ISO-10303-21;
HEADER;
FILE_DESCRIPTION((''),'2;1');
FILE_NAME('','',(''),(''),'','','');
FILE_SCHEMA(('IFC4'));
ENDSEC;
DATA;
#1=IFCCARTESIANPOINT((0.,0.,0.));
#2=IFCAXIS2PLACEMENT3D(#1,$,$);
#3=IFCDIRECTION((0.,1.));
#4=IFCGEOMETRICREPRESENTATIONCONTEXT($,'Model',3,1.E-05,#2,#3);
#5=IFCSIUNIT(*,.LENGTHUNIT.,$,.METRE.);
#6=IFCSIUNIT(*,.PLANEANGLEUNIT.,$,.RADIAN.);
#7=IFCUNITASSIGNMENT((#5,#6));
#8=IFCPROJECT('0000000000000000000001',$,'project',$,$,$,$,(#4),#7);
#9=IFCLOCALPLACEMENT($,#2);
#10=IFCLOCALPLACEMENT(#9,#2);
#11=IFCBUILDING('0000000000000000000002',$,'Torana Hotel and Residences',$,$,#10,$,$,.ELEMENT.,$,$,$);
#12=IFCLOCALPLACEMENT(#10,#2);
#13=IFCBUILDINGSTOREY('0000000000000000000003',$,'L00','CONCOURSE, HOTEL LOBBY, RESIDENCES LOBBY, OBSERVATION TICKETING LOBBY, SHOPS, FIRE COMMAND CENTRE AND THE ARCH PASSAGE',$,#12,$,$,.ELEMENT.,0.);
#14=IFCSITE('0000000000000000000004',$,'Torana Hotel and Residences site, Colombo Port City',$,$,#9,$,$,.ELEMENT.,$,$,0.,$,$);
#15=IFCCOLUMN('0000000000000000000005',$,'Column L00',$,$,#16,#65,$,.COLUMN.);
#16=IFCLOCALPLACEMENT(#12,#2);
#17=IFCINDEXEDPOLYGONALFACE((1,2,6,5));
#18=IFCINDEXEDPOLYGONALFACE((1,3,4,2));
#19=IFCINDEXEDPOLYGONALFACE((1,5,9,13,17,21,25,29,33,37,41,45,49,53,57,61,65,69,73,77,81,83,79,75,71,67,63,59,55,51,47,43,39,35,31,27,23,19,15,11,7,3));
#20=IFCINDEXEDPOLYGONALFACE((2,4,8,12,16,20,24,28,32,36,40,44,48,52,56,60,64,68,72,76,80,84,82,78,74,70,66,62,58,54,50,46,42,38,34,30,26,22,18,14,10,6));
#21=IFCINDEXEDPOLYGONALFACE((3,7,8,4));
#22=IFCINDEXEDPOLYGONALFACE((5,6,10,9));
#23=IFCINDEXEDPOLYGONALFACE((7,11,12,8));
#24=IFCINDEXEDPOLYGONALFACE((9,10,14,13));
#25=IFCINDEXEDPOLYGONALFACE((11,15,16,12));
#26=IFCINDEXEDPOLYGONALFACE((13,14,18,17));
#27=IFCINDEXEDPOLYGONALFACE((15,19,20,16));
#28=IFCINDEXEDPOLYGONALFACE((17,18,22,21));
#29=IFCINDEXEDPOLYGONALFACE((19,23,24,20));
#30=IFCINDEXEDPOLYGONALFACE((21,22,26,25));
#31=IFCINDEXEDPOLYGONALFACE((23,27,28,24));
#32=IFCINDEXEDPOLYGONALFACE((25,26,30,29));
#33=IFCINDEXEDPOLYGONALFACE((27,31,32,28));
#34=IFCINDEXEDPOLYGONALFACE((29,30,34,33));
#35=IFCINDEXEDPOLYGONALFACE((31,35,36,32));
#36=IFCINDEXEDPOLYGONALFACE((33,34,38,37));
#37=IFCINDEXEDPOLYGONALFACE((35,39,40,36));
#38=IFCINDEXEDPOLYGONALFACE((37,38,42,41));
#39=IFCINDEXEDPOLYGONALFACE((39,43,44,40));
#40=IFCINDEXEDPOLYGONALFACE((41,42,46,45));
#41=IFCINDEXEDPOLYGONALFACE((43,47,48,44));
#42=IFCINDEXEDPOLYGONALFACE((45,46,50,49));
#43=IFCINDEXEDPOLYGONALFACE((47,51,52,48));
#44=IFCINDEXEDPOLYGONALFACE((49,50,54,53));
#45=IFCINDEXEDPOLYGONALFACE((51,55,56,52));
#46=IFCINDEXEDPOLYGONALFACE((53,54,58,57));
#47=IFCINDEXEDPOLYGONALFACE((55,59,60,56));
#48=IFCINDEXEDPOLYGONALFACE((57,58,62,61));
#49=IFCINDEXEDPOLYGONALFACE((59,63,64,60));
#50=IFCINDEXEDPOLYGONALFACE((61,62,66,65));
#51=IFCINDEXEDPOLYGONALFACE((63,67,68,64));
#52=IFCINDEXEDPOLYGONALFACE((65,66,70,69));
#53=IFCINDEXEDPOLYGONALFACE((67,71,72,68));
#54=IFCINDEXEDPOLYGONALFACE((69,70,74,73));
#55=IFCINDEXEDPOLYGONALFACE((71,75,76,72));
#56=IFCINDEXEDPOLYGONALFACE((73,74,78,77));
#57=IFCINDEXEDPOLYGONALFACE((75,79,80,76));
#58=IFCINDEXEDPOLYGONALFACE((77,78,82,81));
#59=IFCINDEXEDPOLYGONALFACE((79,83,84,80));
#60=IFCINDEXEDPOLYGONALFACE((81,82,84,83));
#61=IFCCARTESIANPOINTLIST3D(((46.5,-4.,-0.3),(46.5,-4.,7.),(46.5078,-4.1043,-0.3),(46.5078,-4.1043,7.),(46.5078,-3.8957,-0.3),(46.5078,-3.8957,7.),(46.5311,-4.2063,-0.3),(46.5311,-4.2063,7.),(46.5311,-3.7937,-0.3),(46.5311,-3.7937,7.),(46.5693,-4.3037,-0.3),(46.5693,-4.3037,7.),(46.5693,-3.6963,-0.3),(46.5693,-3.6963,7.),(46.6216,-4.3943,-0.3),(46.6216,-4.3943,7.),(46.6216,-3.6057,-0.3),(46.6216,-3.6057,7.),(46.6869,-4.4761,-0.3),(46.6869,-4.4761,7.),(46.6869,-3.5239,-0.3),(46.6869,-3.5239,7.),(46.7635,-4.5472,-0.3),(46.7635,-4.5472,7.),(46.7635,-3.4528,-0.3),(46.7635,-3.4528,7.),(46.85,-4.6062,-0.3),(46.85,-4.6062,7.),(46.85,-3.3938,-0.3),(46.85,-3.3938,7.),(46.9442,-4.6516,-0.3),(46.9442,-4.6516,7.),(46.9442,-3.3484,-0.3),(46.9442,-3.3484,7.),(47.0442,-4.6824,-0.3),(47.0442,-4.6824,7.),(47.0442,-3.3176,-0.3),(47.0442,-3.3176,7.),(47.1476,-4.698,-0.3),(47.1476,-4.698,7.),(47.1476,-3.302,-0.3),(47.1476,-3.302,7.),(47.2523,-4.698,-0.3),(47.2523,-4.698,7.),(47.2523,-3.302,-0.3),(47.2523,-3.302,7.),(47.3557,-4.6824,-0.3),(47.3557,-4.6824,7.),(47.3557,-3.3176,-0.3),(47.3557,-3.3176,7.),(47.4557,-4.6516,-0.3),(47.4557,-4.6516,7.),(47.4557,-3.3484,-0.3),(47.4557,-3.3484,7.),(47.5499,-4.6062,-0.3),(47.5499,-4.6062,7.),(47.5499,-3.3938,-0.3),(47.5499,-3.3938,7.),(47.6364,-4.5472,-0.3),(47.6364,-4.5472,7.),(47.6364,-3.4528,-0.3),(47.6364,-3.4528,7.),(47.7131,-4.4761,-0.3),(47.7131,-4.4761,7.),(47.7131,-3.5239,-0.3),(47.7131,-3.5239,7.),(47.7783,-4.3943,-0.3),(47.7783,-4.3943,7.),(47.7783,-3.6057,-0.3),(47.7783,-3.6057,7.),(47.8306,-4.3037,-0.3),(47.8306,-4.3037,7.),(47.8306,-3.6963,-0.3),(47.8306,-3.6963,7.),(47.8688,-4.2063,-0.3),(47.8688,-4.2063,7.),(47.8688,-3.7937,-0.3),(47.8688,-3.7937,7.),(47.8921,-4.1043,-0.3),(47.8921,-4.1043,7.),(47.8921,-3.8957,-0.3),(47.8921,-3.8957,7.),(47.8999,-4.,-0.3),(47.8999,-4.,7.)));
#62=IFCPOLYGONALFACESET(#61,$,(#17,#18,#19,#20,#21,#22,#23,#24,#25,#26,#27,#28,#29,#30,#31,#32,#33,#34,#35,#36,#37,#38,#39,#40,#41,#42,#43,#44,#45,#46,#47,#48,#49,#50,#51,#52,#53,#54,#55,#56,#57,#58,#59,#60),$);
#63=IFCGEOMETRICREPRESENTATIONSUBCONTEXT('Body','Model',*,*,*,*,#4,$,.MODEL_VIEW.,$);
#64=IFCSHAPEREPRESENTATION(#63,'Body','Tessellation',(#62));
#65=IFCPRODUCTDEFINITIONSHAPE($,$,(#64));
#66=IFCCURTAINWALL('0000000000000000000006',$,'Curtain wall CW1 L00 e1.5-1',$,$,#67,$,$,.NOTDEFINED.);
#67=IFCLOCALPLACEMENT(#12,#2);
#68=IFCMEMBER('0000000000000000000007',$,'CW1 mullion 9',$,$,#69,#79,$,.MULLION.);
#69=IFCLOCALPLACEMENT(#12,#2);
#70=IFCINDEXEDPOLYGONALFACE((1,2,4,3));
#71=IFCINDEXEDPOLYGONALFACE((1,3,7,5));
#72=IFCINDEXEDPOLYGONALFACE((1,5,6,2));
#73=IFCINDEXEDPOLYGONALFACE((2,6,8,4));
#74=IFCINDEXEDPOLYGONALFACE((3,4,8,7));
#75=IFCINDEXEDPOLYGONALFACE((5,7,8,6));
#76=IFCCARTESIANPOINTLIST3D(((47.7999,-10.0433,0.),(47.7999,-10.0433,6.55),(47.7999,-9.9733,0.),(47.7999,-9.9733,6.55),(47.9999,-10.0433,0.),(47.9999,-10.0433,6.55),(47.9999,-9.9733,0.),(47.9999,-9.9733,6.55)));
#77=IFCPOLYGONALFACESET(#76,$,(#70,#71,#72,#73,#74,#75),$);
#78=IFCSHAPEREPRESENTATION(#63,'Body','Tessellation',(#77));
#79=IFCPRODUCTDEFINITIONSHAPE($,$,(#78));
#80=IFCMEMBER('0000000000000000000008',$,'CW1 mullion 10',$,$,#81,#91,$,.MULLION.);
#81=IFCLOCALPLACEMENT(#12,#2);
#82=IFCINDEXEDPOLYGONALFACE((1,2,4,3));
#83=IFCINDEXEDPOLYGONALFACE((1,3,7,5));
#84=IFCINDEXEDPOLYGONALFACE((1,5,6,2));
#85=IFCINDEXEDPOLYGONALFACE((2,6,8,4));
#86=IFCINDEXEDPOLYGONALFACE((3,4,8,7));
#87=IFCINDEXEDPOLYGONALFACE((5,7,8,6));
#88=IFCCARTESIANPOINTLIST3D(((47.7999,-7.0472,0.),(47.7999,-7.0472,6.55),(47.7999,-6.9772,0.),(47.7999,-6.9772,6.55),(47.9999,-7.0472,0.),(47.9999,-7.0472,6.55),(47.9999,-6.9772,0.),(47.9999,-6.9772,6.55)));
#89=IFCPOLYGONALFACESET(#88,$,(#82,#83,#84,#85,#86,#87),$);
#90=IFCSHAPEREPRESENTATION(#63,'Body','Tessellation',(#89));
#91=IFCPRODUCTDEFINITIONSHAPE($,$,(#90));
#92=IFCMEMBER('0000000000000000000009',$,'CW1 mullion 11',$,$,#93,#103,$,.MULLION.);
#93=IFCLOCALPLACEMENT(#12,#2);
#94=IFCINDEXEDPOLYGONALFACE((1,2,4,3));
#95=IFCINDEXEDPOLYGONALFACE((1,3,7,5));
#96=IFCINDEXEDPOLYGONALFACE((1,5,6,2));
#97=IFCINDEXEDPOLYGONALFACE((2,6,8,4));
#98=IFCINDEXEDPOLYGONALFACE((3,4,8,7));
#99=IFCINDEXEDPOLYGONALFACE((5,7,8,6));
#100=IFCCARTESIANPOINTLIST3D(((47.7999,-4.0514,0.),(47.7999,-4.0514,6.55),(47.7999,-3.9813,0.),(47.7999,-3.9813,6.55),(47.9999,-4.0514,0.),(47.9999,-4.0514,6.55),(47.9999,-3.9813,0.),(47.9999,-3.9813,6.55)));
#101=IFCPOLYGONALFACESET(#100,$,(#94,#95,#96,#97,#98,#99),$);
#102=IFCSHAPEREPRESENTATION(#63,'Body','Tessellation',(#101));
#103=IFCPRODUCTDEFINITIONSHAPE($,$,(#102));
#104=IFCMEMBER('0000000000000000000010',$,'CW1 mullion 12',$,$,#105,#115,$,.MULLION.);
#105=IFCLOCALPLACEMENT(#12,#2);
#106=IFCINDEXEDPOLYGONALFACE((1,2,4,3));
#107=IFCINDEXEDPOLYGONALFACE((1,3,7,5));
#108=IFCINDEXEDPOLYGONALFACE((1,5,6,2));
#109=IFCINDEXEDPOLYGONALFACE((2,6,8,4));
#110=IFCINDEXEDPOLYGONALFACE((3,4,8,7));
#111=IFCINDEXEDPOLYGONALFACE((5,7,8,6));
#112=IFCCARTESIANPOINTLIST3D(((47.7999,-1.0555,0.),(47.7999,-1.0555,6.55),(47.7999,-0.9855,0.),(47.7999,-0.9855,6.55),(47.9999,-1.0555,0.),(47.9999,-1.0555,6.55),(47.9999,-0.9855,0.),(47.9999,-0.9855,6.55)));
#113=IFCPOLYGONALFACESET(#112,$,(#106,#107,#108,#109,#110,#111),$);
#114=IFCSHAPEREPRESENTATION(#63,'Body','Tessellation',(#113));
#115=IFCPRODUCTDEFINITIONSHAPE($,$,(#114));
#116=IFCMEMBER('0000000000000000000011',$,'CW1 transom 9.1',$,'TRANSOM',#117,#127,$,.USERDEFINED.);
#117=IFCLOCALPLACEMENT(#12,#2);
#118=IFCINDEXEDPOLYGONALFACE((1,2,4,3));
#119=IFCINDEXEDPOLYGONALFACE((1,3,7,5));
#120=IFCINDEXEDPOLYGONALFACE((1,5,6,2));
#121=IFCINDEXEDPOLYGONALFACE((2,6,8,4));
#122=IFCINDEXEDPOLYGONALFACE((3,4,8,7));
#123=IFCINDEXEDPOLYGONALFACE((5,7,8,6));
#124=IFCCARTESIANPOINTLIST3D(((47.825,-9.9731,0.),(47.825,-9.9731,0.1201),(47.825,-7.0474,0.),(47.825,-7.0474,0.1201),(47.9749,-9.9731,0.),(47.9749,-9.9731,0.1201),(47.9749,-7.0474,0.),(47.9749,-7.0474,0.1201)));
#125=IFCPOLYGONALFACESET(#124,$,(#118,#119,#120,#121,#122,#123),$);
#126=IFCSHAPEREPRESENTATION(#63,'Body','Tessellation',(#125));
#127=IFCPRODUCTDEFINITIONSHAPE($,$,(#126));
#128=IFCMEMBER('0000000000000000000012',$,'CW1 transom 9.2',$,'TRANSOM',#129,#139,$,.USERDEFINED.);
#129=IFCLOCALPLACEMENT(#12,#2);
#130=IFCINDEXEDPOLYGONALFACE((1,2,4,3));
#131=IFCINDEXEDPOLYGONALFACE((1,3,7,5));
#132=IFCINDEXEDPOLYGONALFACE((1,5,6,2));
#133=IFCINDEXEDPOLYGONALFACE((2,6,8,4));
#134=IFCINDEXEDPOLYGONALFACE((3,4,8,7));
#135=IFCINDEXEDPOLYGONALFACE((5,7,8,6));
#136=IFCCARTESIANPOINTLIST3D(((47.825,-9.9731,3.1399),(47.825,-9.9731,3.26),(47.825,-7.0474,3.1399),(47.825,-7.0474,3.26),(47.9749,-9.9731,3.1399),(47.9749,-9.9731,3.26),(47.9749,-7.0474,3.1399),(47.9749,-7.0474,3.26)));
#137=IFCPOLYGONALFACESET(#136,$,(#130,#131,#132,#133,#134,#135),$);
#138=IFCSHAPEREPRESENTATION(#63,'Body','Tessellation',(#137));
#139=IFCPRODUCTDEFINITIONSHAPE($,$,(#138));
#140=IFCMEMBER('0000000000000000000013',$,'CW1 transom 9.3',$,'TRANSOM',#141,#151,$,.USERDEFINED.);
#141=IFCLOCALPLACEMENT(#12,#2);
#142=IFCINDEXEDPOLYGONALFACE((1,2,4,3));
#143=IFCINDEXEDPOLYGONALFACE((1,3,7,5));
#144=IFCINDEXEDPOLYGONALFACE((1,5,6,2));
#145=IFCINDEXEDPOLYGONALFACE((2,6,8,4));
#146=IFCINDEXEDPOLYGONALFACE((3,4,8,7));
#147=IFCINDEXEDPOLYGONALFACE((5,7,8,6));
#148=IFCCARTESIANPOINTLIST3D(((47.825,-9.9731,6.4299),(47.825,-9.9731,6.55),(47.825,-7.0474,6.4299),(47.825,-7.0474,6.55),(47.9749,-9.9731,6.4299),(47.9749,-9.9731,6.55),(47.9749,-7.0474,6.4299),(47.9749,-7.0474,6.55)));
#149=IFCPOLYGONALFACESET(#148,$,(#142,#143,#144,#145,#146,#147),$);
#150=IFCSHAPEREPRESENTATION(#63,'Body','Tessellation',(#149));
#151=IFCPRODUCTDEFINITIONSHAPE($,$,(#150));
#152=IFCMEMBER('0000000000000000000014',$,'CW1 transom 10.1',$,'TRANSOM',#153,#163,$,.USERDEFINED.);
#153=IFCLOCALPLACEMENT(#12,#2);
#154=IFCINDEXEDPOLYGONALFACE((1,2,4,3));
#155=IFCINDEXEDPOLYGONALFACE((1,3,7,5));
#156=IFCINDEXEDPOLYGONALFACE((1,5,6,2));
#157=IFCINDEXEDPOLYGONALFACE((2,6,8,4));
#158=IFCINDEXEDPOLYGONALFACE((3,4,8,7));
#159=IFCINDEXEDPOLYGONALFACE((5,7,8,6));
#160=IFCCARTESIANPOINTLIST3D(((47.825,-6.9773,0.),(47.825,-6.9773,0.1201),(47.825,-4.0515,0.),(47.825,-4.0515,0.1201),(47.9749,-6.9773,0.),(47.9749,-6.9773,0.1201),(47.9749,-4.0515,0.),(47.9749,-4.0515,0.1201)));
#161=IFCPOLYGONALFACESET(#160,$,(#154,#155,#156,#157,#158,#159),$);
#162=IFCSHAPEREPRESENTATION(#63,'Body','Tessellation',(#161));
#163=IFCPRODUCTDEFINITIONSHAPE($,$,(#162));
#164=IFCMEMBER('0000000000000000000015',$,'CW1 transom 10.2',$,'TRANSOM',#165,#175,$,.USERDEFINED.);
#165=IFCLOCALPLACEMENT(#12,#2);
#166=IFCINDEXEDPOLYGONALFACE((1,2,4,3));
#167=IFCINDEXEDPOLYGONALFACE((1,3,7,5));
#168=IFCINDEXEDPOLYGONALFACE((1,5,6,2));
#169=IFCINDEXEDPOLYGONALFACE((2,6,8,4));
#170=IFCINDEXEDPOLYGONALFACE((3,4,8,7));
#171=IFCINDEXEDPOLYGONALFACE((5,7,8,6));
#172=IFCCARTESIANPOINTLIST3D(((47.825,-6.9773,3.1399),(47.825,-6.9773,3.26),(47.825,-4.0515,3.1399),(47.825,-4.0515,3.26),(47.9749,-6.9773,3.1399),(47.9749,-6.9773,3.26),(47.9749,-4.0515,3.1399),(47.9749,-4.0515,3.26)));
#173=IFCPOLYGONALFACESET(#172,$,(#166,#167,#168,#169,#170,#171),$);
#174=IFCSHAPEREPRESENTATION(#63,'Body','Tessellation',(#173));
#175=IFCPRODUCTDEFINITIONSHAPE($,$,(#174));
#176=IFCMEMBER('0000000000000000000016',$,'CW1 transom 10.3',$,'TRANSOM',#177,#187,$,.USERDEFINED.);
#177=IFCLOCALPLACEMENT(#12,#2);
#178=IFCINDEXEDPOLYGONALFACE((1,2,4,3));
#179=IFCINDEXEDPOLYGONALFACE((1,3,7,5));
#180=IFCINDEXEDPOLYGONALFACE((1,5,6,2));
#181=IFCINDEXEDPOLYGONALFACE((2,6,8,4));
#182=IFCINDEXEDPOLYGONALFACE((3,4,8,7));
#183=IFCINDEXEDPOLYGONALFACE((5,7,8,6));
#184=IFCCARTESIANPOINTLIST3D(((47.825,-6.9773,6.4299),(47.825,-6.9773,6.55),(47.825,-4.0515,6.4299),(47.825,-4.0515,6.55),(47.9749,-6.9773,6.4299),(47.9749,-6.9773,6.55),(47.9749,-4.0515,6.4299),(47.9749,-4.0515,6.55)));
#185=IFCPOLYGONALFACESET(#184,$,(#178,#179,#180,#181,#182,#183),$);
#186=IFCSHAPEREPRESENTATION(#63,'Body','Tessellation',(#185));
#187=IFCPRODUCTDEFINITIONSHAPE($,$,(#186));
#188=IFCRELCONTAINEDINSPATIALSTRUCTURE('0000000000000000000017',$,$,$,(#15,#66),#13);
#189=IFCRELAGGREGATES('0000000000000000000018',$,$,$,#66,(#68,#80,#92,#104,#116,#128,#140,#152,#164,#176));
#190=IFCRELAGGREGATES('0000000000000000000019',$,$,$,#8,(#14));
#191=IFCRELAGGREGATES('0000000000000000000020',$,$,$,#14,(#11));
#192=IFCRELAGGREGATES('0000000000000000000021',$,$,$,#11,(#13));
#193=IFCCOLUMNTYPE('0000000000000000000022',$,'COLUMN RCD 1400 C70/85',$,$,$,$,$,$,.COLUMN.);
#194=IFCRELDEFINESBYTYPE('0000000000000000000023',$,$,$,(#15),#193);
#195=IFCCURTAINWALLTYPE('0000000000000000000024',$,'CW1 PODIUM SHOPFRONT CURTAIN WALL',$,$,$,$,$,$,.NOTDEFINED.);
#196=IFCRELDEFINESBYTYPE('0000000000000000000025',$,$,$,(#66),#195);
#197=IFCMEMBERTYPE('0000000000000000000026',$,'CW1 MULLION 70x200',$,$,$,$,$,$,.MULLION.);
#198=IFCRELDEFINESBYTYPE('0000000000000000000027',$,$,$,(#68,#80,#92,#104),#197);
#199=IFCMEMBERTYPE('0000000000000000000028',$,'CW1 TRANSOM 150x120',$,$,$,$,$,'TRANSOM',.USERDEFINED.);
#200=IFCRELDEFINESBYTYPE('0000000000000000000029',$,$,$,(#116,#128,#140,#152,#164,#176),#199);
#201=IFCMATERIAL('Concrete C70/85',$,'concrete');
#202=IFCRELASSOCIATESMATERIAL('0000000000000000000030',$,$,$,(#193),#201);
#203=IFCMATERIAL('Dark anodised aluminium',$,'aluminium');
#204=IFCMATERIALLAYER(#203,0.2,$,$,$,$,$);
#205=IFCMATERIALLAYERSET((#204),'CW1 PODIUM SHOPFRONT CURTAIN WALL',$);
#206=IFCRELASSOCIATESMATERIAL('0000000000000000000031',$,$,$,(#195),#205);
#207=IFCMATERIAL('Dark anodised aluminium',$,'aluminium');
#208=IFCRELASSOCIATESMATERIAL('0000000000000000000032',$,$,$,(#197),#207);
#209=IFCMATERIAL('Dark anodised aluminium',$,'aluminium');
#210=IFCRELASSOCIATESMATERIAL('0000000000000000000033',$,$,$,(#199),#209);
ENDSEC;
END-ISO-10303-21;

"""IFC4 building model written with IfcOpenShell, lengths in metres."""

from ifc_helpers import new_model, si_unit, direction, frame, origin, origin_2d, place, context, subcontext, project, spatial, rectangle, circle, extrude, material, layer, layer_set, material_profile, profile_set, type_object, element, aggregate, save


model = new_model("IFC4")

# Units and contexts
model_context = context("Model", 3, precision=1e-05, world=origin(), true_north=direction((0.0, 1.0)))
body_context = subcontext(model_context, "Body", "Model", "MODEL_VIEW")
ifc_project = project(units=[si_unit("LENGTHUNIT", "METRE"), si_unit("PLANEANGLEUNIT", "RADIAN")], contexts=[model_context])

# Site, building, storey
site_placement = place(None, origin())
site = spatial("IfcSite", under=ifc_project, at=site_placement, Name="Torana Hotel and Residences site, Colombo Port City", CompositionType="ELEMENT", RefElevation=0.0)
building_placement = place(site_placement, origin())
building = spatial("IfcBuilding", under=site, at=building_placement, Name="Torana Hotel and Residences", CompositionType="ELEMENT")
storey_placement = place(building_placement, origin())
storey = spatial("IfcBuildingStorey", under=building, at=storey_placement, Name="L00", Description="CONCOURSE, HOTEL LOBBY, RESIDENCES LOBBY, OBSERVATION TICKETING LOBBY, SHOPS, FIRE COMMAND CENTRE AND THE ARCH PASSAGE", CompositionType="ELEMENT", Elevation=0.0)

# Column
ifc_material_1 = material(Name="Concrete C70/85", Category="concrete")
ifc_material_profile_1 = material_profile(ifc_material_1, circle(Radius=0.7, at=origin_2d()), Name="RCD 1400")
ifc_profile_set_1 = profile_set([ifc_material_profile_1], Name="Concrete C70/85")
column_type = type_object("IfcColumnType", Name="COLUMN RCD 1400 C70/85", PredefinedType="COLUMN", material=ifc_profile_set_1)
column_placement = place(storey_placement, frame((47.2, -4.0, -0.3), z_axis=(0.0, 0.0, 1.0), x_axis=(1.0, 0.0, 0.0)))
element("IfcColumn", 1, at=column_placement, inside=storey, type_object=column_type, Name="Column L00", PredefinedType="COLUMN", context=body_context, shape_type="SweptSolid", body=[
    extrude(circle(Radius=0.7, at=origin_2d()), origin(), (0.0, 0.0, 1.0), 7.3),
])

# Curtain wall, members
ifc_material_2 = material(Name="Dark anodised aluminium", Category="aluminium")
ifc_layer_1 = layer(ifc_material_2, 0.2)
ifc_layer_set_1 = layer_set([ifc_layer_1], Name="CW1 PODIUM SHOPFRONT CURTAIN WALL")
curtain_wall_type = type_object("IfcCurtainWallType", Name="CW1 PODIUM SHOPFRONT CURTAIN WALL", PredefinedType="NOTDEFINED", material=ifc_layer_set_1)
curtain_wall_placement = place(storey_placement, origin())
curtain_wall = element("IfcCurtainWall", 2, at=curtain_wall_placement, inside=storey, type_object=curtain_wall_type, Name="Curtain wall CW1 L00 e1.5-1", PredefinedType="NOTDEFINED")
ifc_material_3 = material(Name="Dark anodised aluminium", Category="aluminium")
ifc_material_profile_2 = material_profile(ifc_material_3, rectangle(XDim=0.2, YDim=0.0701, at=origin_2d()), Name="CW1 MULLION 70x200")
ifc_profile_set_2 = profile_set([ifc_material_profile_2], Name="Dark anodised aluminium")
member_type_1 = type_object("IfcMemberType", Name="CW1 MULLION 70x200", PredefinedType="MULLION", material=ifc_profile_set_2)
member_1_placement = place(storey_placement, frame((47.8999, -10.0083, 0.0), z_axis=(0.0, 0.0, 1.0), x_axis=(-1.0, 0.0, 0.0)))
member_1 = element("IfcMember", 3, at=member_1_placement, type_object=member_type_1, Name="CW1 mullion 9", PredefinedType="MULLION", context=body_context, shape_type="SweptSolid", body=[
    extrude(rectangle(XDim=0.2, YDim=0.0701, at=origin_2d()), origin(), (0.0, 0.0, 1.0), 6.55),
])
member_2_placement = place(storey_placement, frame((47.8999, -7.0122, 0.0), z_axis=(0.0, 0.0, 1.0), x_axis=(-1.0, 0.0, 0.0)))
member_2 = element("IfcMember", 4, at=member_2_placement, type_object=member_type_1, Name="CW1 mullion 10", PredefinedType="MULLION", context=body_context, shape_type="SweptSolid", body=[
    extrude(rectangle(XDim=0.2, YDim=0.0701, at=origin_2d()), origin(), (0.0, 0.0, 1.0), 6.55),
])
member_3_placement = place(storey_placement, frame((47.8999, -4.0164, 0.0), z_axis=(0.0, 0.0, 1.0), x_axis=(-1.0, 0.0, 0.0)))
member_3 = element("IfcMember", 5, at=member_3_placement, type_object=member_type_1, Name="CW1 mullion 11", PredefinedType="MULLION", context=body_context, shape_type="SweptSolid", body=[
    extrude(rectangle(XDim=0.2, YDim=0.0701, at=origin_2d()), origin(), (0.0, 0.0, 1.0), 6.55),
])
member_4_placement = place(storey_placement, frame((47.8999, -1.0205, 0.0), z_axis=(0.0, 0.0, 1.0), x_axis=(-1.0, 0.0, 0.0)))
member_4 = element("IfcMember", 6, at=member_4_placement, type_object=member_type_1, Name="CW1 mullion 12", PredefinedType="MULLION", context=body_context, shape_type="SweptSolid", body=[
    extrude(rectangle(XDim=0.2, YDim=0.0701, at=origin_2d()), origin(), (0.0, 0.0, 1.0), 6.55),
])
ifc_material_4 = material(Name="Dark anodised aluminium", Category="aluminium")
ifc_material_profile_3 = material_profile(ifc_material_4, rectangle(XDim=0.1499, YDim=0.1201, at=origin_2d()), Name="CW1 TRANSOM 150x120")
ifc_profile_set_3 = profile_set([ifc_material_profile_3], Name="Dark anodised aluminium")
member_type_2 = type_object("IfcMemberType", Name="CW1 TRANSOM 150x120", ElementType="TRANSOM", PredefinedType="USERDEFINED", material=ifc_profile_set_3)
member_5_placement = place(storey_placement, frame((47.8999, -9.9731, 0.0601), z_axis=(0.0, 1.0, 0.0), x_axis=(-1.0, 0.0, 0.0)))
member_5 = element("IfcMember", 7, at=member_5_placement, type_object=member_type_2, Name="CW1 transom 9.1", ObjectType="TRANSOM", PredefinedType="USERDEFINED", context=body_context, shape_type="SweptSolid", body=[
    extrude(rectangle(XDim=0.1499, YDim=0.1201, at=origin_2d()), origin(), (0.0, 0.0, 1.0), 2.9258),
])
member_6_placement = place(storey_placement, frame((47.8999, -9.9731, 3.2), z_axis=(0.0, 1.0, 0.0), x_axis=(-1.0, 0.0, 0.0)))
member_6 = element("IfcMember", 8, at=member_6_placement, type_object=member_type_2, Name="CW1 transom 9.2", ObjectType="TRANSOM", PredefinedType="USERDEFINED", context=body_context, shape_type="SweptSolid", body=[
    extrude(rectangle(XDim=0.1499, YDim=0.1201, at=origin_2d()), origin(), (0.0, 0.0, 1.0), 2.9258),
])
member_7_placement = place(storey_placement, frame((47.8999, -9.9731, 6.49), z_axis=(0.0, 1.0, 0.0), x_axis=(-1.0, 0.0, 0.0)))
member_7 = element("IfcMember", 9, at=member_7_placement, type_object=member_type_2, Name="CW1 transom 9.3", ObjectType="TRANSOM", PredefinedType="USERDEFINED", context=body_context, shape_type="SweptSolid", body=[
    extrude(rectangle(XDim=0.1499, YDim=0.1201, at=origin_2d()), origin(), (0.0, 0.0, 1.0), 2.9258),
])
member_8_placement = place(storey_placement, frame((47.8999, -6.9773, 0.0601), z_axis=(0.0, 1.0, 0.0), x_axis=(-1.0, 0.0, 0.0)))
member_8 = element("IfcMember", 10, at=member_8_placement, type_object=member_type_2, Name="CW1 transom 10.1", ObjectType="TRANSOM", PredefinedType="USERDEFINED", context=body_context, shape_type="SweptSolid", body=[
    extrude(rectangle(XDim=0.1499, YDim=0.1201, at=origin_2d()), origin(), (0.0, 0.0, 1.0), 2.9258),
])
member_9_placement = place(storey_placement, frame((47.8999, -6.9773, 3.2), z_axis=(0.0, 1.0, 0.0), x_axis=(-1.0, 0.0, 0.0)))
member_9 = element("IfcMember", 11, at=member_9_placement, type_object=member_type_2, Name="CW1 transom 10.2", ObjectType="TRANSOM", PredefinedType="USERDEFINED", context=body_context, shape_type="SweptSolid", body=[
    extrude(rectangle(XDim=0.1499, YDim=0.1201, at=origin_2d()), origin(), (0.0, 0.0, 1.0), 2.9258),
])
member_10_placement = place(storey_placement, frame((47.8999, -6.9773, 6.49), z_axis=(0.0, 1.0, 0.0), x_axis=(-1.0, 0.0, 0.0)))
member_10 = element("IfcMember", 12, at=member_10_placement, type_object=member_type_2, Name="CW1 transom 10.3", ObjectType="TRANSOM", PredefinedType="USERDEFINED", context=body_context, shape_type="SweptSolid", body=[
    extrude(rectangle(XDim=0.1499, YDim=0.1201, at=origin_2d()), origin(), (0.0, 0.0, 1.0), 2.9258),
])
aggregate(curtain_wall, [member_1, member_2, member_3, member_4, member_5, member_6, member_7, member_8, member_9, member_10])

save(model, "model.ifc")
